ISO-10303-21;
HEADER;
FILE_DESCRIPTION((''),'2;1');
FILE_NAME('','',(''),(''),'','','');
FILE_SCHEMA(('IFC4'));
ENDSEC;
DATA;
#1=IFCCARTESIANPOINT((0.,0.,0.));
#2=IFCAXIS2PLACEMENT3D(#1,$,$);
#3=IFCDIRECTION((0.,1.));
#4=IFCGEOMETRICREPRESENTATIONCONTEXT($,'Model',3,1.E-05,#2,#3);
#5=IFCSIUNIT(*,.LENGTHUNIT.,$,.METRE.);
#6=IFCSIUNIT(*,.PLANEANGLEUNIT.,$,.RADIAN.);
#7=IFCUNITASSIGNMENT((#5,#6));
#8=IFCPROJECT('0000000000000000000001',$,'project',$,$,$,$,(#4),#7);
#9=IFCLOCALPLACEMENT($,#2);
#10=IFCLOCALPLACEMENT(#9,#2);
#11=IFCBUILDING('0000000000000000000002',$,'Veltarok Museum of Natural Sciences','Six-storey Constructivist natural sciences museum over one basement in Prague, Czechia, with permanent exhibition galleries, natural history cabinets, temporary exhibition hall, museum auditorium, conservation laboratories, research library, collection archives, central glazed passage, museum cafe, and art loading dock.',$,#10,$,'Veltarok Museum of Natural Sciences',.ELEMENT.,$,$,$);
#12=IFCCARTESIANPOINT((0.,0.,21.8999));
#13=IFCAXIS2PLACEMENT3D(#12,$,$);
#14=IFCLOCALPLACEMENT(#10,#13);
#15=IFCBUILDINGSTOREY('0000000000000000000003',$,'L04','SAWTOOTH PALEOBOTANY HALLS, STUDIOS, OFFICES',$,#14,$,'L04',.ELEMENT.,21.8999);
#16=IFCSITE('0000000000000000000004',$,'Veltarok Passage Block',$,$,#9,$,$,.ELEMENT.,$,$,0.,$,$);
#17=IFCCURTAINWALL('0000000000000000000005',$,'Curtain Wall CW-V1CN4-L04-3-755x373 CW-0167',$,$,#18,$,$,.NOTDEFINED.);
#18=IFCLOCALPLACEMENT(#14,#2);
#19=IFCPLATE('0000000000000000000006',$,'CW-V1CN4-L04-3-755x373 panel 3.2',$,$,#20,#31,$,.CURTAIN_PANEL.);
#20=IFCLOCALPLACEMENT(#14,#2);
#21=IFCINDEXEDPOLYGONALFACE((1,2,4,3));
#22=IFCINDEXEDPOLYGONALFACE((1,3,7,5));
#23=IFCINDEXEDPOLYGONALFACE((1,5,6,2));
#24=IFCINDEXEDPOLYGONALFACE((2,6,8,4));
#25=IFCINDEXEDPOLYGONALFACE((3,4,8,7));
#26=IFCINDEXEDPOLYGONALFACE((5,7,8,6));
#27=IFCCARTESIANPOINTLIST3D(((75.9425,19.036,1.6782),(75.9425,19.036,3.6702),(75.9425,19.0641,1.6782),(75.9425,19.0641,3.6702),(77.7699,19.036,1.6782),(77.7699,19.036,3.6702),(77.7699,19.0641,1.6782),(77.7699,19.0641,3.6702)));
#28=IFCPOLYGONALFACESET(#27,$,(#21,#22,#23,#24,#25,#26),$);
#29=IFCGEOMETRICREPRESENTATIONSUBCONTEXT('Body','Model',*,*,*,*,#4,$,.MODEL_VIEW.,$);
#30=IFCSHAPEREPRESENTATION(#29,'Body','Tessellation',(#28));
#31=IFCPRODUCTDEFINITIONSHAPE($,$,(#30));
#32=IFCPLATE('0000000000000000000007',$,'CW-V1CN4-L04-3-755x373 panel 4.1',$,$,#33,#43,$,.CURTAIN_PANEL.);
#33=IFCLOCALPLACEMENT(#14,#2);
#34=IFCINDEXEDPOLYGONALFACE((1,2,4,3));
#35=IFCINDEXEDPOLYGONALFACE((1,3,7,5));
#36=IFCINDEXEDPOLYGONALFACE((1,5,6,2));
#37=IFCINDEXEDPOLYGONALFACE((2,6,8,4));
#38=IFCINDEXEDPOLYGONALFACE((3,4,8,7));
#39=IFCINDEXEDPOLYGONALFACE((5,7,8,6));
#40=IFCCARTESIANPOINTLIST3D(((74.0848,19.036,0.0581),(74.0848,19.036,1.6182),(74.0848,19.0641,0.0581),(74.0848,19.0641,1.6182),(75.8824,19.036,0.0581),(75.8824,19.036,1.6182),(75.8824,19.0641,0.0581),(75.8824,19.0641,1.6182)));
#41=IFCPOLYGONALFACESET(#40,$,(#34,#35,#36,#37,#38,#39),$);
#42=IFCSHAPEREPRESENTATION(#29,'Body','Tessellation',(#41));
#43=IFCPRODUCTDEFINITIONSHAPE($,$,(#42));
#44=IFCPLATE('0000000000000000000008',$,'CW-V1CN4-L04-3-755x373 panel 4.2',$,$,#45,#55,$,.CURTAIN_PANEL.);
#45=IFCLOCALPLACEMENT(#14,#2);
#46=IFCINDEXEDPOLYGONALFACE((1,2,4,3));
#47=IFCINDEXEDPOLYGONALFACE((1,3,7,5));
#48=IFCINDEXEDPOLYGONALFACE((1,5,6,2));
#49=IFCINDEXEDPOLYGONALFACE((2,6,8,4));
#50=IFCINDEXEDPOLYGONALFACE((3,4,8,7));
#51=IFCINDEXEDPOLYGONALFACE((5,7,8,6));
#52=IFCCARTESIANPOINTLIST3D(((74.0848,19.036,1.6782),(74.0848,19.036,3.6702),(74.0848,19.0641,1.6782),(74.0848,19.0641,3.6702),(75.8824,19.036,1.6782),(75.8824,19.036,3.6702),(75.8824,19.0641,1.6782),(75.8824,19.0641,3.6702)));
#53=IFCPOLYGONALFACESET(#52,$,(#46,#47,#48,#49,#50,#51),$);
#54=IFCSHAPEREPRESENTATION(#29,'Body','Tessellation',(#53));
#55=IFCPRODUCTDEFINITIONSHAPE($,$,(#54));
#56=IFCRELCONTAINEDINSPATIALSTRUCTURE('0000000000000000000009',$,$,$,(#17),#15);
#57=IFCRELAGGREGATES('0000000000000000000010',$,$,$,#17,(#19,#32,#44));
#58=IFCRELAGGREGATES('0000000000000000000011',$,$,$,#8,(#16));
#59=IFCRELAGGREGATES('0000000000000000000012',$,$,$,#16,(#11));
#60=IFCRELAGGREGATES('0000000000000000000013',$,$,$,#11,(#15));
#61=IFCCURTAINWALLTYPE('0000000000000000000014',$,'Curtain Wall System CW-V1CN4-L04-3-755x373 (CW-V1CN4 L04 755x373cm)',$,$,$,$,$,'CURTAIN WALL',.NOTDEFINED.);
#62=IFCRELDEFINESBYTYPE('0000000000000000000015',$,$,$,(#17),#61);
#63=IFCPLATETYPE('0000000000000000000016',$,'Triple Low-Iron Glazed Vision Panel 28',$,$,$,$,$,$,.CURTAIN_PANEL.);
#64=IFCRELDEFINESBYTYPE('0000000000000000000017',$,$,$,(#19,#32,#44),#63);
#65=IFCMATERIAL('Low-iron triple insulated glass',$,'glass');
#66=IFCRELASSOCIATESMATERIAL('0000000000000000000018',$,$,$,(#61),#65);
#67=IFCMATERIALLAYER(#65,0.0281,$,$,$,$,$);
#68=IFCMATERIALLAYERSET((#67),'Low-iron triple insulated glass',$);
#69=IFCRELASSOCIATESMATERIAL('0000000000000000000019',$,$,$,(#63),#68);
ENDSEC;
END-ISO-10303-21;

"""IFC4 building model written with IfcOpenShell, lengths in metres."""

from ifc_helpers import new_model, si_unit, direction, frame, origin, origin_2d, place, context, subcontext, project, spatial, rectangle, extrude, material, layer, layer_set, type_object, element, aggregate, save


model = new_model("IFC4")

# Units and contexts
model_context = context("Model", 3, precision=1e-05, world=origin(), true_north=direction((0.0, 1.0)))
body_context = subcontext(model_context, "Body", "Model", "MODEL_VIEW")
ifc_project = project(units=[si_unit("LENGTHUNIT", "METRE"), si_unit("PLANEANGLEUNIT", "RADIAN")], contexts=[model_context])

# Site, building, storey
site_placement = place(None, origin())
site = spatial("IfcSite", under=ifc_project, at=site_placement, Name="Veltarok Passage Block", CompositionType="ELEMENT", RefElevation=0.0)
building_placement = place(site_placement, origin())
building = spatial("IfcBuilding", under=site, at=building_placement, Name="Veltarok Museum of Natural Sciences", Description="Six-storey Constructivist natural sciences museum over one basement in Prague, Czechia, with permanent exhibition galleries, natural history cabinets, temporary exhibition hall, museum auditorium, conservation laboratories, research library, collection archives, central glazed passage, museum cafe, and art loading dock.", LongName="Veltarok Museum of Natural Sciences", CompositionType="ELEMENT")
storey_placement = place(building_placement, frame((0.0, 0.0, 21.8999)))
storey = spatial("IfcBuildingStorey", under=building, at=storey_placement, Name="L04", Description="SAWTOOTH PALEOBOTANY HALLS, STUDIOS, OFFICES", LongName="L04", CompositionType="ELEMENT", Elevation=21.8999)

# Curtain wall
ifc_material_1 = material(Name="Low-iron triple insulated glass", Category="glass")
curtain_wall_type_1 = type_object("IfcCurtainWallType", Name="Curtain Wall System CW-V1CN4-L04-3-755x373 (CW-V1CN4 L04 755x373cm)", ElementType="CURTAIN WALL", PredefinedType="NOTDEFINED", material=ifc_material_1)
curtain_wall_1_placement = place(storey_placement, origin())
curtain_wall_1 = element("IfcCurtainWall", 1, at=curtain_wall_1_placement, inside=storey, type_object=curtain_wall_type_1, Name="Curtain Wall CW-V1CN4-L04-3-755x373 CW-0167", PredefinedType="NOTDEFINED")

# Plates
ifc_layer = layer(ifc_material_1, 0.0281)
ifc_layer_set = layer_set([ifc_layer], Name="Low-iron triple insulated glass")
plate_type = type_object("IfcPlateType", Name="Triple Low-Iron Glazed Vision Panel 28", PredefinedType="CURTAIN_PANEL", material=ifc_layer_set)
plate_1_placement = place(storey_placement, frame((76.8562, 19.05, 1.6782), z_axis=(0.0, 0.0, 1.0), x_axis=(-1.0, 0.0, 0.0)))
plate_1 = element("IfcPlate", 2, at=plate_1_placement, type_object=plate_type, Name="CW-V1CN4-L04-3-755x373 panel 3.2", PredefinedType="CURTAIN_PANEL", context=body_context, shape_type="SweptSolid", body=[
    extrude(rectangle(XDim=1.8274, YDim=0.0281, at=origin_2d()), origin(), (0.0, 0.0, 1.0), 1.9919),
])
plate_2_placement = place(storey_placement, frame((74.9836, 19.05, 0.0581), z_axis=(0.0, 0.0, 1.0), x_axis=(-1.0, 0.0, 0.0)))
plate_2 = element("IfcPlate", 3, at=plate_2_placement, type_object=plate_type, Name="CW-V1CN4-L04-3-755x373 panel 4.1", PredefinedType="CURTAIN_PANEL", context=body_context, shape_type="SweptSolid", body=[
    extrude(rectangle(XDim=1.7976, YDim=0.0281, at=origin_2d()), origin(), (0.0, 0.0, 1.0), 1.5601),
])
plate_3_placement = place(storey_placement, frame((74.9836, 19.05, 1.6782), z_axis=(0.0, 0.0, 1.0), x_axis=(-1.0, 0.0, 0.0)))
plate_3 = element("IfcPlate", 4, at=plate_3_placement, type_object=plate_type, Name="CW-V1CN4-L04-3-755x373 panel 4.2", PredefinedType="CURTAIN_PANEL", context=body_context, shape_type="SweptSolid", body=[
    extrude(rectangle(XDim=1.7976, YDim=0.0281, at=origin_2d()), origin(), (0.0, 0.0, 1.0), 1.9919),
])
aggregate(curtain_wall_1, [plate_1, plate_2, plate_3])

save(model, "model.ifc")
